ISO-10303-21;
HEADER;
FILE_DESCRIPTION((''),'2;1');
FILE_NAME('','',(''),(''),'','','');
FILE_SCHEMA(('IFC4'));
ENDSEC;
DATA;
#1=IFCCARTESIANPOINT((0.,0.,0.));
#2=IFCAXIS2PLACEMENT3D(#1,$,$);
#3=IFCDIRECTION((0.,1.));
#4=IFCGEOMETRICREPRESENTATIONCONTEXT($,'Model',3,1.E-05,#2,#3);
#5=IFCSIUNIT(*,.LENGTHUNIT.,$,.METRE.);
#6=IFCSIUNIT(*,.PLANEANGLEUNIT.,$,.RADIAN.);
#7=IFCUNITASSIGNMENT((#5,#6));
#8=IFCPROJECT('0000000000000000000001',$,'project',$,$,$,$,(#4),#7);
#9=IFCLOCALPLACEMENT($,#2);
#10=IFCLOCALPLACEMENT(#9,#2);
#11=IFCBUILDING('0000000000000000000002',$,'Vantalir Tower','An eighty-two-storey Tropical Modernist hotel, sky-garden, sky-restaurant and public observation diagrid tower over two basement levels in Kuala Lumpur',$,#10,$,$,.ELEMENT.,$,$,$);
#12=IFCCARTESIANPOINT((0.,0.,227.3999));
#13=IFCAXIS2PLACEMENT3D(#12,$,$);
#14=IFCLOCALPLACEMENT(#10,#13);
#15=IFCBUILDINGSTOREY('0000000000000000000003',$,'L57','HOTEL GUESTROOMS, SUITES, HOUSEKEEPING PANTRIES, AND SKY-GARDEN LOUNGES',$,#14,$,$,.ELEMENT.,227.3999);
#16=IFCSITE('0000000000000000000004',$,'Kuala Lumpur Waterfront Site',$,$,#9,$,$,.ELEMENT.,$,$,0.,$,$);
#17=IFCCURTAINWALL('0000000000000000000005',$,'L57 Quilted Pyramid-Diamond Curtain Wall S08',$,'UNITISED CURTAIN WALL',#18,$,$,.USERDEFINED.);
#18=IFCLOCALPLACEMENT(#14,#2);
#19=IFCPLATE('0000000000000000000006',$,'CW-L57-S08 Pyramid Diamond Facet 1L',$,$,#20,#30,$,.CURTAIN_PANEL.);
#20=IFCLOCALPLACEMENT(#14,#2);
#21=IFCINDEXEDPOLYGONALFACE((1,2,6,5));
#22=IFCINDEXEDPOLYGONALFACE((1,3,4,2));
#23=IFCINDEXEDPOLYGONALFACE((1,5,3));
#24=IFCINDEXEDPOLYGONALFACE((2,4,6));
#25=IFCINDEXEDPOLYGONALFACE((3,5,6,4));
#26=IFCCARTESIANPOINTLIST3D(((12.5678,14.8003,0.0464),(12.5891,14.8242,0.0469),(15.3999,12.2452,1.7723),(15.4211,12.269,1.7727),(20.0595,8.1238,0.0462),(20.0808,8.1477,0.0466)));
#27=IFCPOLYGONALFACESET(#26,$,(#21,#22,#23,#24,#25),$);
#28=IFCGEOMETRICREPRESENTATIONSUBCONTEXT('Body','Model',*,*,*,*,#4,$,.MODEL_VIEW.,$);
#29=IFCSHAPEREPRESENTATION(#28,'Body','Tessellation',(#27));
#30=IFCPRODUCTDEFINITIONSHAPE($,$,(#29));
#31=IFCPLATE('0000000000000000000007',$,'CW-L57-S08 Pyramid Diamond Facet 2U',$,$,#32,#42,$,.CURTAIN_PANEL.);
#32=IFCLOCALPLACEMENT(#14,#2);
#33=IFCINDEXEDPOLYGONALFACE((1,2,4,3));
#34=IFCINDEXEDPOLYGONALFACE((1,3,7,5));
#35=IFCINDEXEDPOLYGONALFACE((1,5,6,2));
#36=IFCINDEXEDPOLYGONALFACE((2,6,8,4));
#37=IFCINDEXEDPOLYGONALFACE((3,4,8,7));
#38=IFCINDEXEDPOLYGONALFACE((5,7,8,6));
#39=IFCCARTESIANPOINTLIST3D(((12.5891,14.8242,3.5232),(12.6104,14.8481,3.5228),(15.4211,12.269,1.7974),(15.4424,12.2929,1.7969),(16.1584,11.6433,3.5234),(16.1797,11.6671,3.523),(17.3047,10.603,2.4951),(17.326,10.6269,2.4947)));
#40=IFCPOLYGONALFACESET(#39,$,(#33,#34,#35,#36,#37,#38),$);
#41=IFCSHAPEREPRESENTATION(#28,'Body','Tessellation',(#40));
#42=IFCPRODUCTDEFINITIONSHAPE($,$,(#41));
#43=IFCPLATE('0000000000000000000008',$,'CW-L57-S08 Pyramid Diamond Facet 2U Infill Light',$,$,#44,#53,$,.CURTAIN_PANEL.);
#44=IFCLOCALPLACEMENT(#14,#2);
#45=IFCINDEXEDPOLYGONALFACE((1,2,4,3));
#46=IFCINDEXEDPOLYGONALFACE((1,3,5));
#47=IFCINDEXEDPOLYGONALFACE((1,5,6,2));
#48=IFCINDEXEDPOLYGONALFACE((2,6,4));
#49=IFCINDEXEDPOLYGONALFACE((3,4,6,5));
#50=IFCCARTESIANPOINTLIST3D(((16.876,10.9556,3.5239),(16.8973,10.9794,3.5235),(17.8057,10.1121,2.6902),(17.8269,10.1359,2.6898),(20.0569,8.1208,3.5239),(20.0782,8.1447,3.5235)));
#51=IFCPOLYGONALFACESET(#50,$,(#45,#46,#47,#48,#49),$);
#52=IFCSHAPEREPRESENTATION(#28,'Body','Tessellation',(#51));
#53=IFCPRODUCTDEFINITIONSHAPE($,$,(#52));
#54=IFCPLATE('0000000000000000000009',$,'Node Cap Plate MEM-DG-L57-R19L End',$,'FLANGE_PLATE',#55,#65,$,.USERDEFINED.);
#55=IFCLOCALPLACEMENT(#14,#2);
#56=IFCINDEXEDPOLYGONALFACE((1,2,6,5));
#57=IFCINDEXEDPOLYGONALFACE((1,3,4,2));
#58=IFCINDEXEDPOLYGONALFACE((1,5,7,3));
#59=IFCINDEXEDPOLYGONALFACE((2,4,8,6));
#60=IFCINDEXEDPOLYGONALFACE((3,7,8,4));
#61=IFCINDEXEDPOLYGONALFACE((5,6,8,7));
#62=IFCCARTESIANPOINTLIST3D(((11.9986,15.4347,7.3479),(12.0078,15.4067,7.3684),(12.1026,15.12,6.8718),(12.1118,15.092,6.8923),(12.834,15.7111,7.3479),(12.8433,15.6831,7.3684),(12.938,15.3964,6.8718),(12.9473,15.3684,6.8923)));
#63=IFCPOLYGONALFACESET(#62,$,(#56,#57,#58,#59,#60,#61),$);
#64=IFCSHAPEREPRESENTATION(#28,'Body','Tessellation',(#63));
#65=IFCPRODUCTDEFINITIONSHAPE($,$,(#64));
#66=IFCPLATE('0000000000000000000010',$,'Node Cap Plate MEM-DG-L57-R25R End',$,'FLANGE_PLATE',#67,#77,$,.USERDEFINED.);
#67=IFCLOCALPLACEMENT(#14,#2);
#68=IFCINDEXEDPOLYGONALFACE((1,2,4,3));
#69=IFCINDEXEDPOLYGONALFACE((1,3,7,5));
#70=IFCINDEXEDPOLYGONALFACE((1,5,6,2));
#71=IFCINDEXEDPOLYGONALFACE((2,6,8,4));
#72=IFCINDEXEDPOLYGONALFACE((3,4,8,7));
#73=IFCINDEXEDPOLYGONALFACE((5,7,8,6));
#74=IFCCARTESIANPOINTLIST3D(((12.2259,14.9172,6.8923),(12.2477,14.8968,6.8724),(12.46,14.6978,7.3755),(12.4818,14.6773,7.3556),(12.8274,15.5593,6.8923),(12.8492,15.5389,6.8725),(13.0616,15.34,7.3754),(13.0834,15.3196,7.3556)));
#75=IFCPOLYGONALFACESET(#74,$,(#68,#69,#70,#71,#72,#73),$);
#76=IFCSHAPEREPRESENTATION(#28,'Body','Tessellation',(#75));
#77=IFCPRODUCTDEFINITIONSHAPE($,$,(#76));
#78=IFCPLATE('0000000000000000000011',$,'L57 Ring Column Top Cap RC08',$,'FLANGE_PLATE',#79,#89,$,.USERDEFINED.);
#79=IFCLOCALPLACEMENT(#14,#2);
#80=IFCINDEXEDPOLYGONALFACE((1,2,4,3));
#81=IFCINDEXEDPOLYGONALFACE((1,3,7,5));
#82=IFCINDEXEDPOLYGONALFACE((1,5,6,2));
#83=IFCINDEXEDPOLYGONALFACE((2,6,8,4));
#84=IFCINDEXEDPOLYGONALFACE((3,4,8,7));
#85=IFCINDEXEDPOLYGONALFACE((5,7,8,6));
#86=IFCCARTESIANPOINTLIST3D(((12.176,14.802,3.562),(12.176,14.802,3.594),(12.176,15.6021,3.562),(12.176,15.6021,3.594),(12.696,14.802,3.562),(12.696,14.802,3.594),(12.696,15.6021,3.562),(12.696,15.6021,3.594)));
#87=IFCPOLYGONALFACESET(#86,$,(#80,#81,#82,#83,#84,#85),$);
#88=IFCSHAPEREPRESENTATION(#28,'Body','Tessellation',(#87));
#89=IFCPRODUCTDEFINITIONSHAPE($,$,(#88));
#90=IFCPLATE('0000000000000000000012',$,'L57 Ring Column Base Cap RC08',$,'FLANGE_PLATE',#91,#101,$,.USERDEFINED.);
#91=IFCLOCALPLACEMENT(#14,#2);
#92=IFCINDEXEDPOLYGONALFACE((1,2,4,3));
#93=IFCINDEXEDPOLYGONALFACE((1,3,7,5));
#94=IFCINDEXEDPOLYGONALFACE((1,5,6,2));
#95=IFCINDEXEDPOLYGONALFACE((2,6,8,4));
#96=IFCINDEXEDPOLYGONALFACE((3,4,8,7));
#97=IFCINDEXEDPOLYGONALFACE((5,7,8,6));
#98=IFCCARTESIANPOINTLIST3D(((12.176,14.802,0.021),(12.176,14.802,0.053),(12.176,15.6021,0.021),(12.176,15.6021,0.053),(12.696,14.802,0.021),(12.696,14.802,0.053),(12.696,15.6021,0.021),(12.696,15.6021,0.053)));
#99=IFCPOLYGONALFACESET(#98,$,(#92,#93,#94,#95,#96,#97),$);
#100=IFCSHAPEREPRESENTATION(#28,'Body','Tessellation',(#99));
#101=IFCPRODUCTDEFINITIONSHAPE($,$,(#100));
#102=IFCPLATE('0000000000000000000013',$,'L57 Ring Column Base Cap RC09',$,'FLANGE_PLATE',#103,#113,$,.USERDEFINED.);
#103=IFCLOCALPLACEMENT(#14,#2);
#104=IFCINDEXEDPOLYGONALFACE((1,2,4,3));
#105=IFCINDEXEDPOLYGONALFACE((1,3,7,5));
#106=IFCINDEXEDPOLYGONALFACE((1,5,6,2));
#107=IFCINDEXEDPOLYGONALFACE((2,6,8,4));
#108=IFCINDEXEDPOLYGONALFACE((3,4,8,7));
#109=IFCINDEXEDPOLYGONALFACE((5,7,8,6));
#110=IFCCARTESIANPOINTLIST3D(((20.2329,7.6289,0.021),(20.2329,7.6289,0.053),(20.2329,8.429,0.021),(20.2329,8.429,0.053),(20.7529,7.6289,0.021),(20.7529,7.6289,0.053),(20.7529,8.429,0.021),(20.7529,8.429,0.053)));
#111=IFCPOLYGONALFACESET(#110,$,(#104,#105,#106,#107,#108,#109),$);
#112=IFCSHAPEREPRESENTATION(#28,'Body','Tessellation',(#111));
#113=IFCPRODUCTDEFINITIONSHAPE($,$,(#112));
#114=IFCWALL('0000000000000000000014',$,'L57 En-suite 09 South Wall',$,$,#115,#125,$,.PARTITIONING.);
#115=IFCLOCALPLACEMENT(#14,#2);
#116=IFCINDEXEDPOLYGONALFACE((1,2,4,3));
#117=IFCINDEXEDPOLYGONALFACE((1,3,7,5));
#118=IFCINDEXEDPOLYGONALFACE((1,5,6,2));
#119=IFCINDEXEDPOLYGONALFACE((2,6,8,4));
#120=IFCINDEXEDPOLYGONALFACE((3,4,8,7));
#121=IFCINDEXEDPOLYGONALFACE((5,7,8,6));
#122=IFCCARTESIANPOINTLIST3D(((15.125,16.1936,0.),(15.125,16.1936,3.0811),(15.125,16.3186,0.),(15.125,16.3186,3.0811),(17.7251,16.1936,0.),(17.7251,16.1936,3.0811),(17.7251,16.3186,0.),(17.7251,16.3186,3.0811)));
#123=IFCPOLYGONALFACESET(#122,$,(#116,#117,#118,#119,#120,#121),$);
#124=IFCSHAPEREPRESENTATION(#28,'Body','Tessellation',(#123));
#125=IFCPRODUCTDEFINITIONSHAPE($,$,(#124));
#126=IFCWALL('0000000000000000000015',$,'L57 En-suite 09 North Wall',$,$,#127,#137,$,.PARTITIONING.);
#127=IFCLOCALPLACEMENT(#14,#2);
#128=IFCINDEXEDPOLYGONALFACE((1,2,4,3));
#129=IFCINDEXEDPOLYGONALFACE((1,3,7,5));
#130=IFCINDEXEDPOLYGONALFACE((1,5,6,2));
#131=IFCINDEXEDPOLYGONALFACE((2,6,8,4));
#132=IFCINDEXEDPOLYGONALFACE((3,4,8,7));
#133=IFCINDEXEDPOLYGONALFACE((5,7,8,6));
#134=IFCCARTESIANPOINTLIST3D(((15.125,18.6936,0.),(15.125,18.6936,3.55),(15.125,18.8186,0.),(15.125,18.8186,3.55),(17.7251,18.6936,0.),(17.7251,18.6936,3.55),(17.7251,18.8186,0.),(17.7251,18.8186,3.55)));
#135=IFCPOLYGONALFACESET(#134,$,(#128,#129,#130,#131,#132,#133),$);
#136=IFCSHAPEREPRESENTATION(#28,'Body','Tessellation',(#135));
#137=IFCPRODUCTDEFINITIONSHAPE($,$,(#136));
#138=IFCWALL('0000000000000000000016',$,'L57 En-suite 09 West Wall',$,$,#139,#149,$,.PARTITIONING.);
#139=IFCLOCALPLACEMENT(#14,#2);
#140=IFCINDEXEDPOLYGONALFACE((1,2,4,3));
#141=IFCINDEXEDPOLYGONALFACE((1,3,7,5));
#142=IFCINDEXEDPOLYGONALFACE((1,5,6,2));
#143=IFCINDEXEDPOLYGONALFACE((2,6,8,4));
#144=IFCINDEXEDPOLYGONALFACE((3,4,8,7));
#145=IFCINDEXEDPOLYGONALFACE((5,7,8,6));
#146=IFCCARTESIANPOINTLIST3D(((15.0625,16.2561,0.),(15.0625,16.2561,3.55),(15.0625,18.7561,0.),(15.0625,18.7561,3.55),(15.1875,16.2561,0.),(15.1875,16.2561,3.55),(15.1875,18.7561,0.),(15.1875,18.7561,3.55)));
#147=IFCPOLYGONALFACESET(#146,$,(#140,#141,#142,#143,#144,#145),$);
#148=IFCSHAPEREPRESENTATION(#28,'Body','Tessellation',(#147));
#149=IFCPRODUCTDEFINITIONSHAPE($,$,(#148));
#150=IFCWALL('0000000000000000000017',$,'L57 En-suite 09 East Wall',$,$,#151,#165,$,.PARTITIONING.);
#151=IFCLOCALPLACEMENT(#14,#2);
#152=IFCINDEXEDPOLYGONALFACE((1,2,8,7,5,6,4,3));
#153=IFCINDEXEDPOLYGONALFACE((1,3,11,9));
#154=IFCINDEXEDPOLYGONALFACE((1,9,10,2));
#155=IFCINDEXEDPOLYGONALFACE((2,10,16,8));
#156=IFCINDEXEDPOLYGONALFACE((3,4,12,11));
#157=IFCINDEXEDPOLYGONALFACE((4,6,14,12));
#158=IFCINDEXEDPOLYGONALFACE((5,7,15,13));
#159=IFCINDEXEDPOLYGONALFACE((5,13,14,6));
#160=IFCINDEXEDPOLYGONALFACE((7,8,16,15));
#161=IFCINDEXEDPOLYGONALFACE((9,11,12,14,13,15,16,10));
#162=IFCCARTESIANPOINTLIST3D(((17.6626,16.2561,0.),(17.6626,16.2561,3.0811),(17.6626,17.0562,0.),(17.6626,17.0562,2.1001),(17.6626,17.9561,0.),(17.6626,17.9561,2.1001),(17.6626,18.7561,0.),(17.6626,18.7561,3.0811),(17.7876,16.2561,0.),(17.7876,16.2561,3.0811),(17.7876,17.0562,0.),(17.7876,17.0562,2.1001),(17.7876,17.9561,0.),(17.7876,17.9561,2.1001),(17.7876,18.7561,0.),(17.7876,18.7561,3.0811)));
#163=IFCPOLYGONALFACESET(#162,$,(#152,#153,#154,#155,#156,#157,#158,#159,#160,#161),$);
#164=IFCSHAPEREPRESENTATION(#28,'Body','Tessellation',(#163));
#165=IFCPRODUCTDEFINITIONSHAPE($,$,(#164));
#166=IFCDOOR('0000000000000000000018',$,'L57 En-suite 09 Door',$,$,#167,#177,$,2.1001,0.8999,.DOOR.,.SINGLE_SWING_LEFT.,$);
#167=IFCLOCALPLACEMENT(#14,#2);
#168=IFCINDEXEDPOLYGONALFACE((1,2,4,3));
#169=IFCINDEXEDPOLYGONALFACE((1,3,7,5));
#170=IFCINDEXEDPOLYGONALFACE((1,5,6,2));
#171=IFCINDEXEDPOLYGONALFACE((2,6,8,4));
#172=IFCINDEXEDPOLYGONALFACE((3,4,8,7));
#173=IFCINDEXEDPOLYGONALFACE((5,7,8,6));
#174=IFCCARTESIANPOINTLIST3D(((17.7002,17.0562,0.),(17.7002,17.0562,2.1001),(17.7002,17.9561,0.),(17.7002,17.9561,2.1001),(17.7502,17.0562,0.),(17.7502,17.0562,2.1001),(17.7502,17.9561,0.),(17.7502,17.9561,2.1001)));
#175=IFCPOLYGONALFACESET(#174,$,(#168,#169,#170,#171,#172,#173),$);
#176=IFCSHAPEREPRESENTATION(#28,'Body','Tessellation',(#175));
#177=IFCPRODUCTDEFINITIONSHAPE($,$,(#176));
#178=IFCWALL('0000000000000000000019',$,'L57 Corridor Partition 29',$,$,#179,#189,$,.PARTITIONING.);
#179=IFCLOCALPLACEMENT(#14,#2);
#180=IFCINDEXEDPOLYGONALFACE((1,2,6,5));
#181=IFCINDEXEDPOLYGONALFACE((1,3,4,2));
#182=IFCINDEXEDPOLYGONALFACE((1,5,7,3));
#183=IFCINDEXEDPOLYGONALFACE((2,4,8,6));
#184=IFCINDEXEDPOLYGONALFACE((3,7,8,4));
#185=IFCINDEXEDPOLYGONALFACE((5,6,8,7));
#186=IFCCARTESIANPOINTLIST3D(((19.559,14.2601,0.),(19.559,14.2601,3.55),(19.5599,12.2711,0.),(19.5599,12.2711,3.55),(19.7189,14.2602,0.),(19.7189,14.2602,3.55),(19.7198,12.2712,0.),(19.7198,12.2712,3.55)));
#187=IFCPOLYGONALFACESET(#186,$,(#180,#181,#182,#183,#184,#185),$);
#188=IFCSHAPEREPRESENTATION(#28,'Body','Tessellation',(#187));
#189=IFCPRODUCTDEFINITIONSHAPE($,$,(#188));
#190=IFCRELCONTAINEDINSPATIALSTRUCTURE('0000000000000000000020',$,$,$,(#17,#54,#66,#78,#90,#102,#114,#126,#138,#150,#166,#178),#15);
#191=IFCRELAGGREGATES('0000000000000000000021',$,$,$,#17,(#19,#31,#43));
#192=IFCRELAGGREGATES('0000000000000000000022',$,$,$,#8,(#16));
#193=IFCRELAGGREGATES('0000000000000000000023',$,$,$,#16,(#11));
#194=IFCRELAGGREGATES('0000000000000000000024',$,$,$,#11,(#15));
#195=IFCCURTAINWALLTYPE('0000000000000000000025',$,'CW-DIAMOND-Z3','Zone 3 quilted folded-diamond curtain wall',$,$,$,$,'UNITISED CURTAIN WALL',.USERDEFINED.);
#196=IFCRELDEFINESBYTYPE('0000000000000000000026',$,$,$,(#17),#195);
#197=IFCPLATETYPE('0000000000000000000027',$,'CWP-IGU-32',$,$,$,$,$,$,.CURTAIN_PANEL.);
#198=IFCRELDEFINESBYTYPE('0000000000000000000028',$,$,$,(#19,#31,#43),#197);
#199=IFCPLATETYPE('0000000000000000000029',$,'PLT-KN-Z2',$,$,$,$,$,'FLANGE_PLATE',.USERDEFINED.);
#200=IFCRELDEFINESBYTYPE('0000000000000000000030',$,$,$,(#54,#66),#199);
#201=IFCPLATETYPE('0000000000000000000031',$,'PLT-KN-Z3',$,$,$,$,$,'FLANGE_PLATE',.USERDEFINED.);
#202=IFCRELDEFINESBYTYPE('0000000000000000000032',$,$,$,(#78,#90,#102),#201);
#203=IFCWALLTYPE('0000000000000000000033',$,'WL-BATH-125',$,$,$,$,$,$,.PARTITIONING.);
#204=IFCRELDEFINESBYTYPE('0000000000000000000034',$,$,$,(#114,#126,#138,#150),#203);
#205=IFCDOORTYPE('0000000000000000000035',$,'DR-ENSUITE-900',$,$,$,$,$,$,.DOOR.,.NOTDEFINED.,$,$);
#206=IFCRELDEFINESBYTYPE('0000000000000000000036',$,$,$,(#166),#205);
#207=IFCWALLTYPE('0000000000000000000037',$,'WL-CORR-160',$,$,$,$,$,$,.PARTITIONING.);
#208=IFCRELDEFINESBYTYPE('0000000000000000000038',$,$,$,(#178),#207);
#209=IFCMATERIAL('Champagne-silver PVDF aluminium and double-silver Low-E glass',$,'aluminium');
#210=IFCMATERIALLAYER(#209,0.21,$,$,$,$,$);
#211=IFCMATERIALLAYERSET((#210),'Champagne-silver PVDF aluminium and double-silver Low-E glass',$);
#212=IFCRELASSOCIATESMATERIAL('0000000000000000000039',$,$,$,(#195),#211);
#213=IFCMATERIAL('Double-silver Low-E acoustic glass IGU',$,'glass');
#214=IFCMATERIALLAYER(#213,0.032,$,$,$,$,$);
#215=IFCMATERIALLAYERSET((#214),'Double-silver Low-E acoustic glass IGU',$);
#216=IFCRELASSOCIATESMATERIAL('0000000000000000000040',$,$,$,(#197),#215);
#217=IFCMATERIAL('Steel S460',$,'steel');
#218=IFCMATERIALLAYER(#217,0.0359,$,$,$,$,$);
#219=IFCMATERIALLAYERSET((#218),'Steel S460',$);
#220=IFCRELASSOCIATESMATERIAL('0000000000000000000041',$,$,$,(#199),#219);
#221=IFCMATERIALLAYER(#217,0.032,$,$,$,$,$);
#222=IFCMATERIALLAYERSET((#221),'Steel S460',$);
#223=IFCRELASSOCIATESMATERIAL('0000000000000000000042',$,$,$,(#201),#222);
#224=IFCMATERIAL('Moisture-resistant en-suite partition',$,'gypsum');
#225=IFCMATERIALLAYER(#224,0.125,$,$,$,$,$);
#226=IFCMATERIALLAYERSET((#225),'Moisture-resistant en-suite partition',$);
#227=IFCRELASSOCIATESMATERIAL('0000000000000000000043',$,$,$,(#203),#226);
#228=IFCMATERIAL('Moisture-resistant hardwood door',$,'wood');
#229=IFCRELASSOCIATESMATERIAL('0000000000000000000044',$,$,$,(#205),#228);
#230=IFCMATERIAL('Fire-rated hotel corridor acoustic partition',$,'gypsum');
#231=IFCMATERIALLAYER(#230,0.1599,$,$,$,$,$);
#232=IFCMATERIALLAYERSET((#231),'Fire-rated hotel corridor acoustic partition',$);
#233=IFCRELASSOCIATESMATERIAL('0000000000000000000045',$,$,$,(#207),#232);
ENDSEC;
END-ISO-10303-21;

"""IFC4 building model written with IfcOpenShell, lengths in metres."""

from ifc_helpers import new_model, si_unit, direction, frame, frame_2d, origin, place, context, subcontext, project, spatial, polyline, rectangle, outline, extrude, material, layer, layer_set, type_object, element, fill, aggregate, save


model = new_model("IFC4")

# Units and contexts
model_context = context("Model", 3, precision=1e-05, world=origin(), true_north=direction((0.0, 1.0)))
body_context = subcontext(model_context, "Body", "Model", "MODEL_VIEW")
ifc_project = project(units=[si_unit("LENGTHUNIT", "METRE"), si_unit("PLANEANGLEUNIT", "RADIAN")], contexts=[model_context])

# Site, building, storey
site_placement = place(None, origin())
site = spatial("IfcSite", under=ifc_project, at=site_placement, Name="Kuala Lumpur Waterfront Site", CompositionType="ELEMENT", RefElevation=0.0)
building_placement = place(site_placement, origin())
building = spatial("IfcBuilding", under=site, at=building_placement, Name="Vantalir Tower", Description="An eighty-two-storey Tropical Modernist hotel, sky-garden, sky-restaurant and public observation diagrid tower over two basement levels in Kuala Lumpur", CompositionType="ELEMENT")
storey_placement = place(building_placement, frame((0.0, 0.0, 227.3999)))
storey = spatial("IfcBuildingStorey", under=building, at=storey_placement, Name="L57", Description="HOTEL GUESTROOMS, SUITES, HOUSEKEEPING PANTRIES, AND SKY-GARDEN LOUNGES", CompositionType="ELEMENT", Elevation=227.3999)

# Shared definitions
ifc_material_1 = material(Name="Steel S460", Category="steel")

# Shared definitions
ifc_material_2 = material(Name="Champagne-silver PVDF aluminium and double-silver Low-E glass", Category="aluminium")
ifc_layer_1 = layer(ifc_material_2, 0.21)
ifc_layer_set_1 = layer_set([ifc_layer_1], Name="Champagne-silver PVDF aluminium and double-silver Low-E glass")
curtain_wall_type = type_object("IfcCurtainWallType", Name="CW-DIAMOND-Z3", Description="Zone 3 quilted folded-diamond curtain wall", ElementType="UNITISED CURTAIN WALL", PredefinedType="USERDEFINED", material=ifc_layer_set_1)

# Curtain wall
curtain_wall_1_placement = place(storey_placement, origin())
curtain_wall_1 = element("IfcCurtainWall", 1, at=curtain_wall_1_placement, inside=storey, type_object=curtain_wall_type, Name="L57 Quilted Pyramid-Diamond Curtain Wall S08", ObjectType="UNITISED CURTAIN WALL", PredefinedType="USERDEFINED")

# Plates
ifc_material_3 = material(Name="Double-silver Low-E acoustic glass IGU", Category="glass")
ifc_layer_2 = layer(ifc_material_3, 0.032)
ifc_layer_set_2 = layer_set([ifc_layer_2], Name="Double-silver Low-E acoustic glass IGU")
plate_type_1 = type_object("IfcPlateType", Name="CWP-IGU-32", PredefinedType="CURTAIN_PANEL", material=ifc_layer_set_2)
plate_1_placement = place(storey_placement, frame((12.5891, 14.8242, 0.0469), z_axis=(0.665261, 0.746488, 0.013539), x_axis=(0.746556, -0.665322, -0.000024)))
plate_1 = element("IfcPlate", 2, at=plate_1_placement, type_object=plate_type_1, Name="CW-L57-S08 Pyramid Diamond Facet 1L", PredefinedType="CURTAIN_PANEL", context=body_context, shape_type="SweptSolid", body=[
    extrude(outline(polyline([(0.0, 0.0), (10.035, 0.0), (3.8142, -1.7261), (0.0, 0.0)])), origin(), (0.0, 0.0, -1.0), 0.032),
])
plate_2_placement = place(storey_placement, frame((12.5891, 14.8242, 3.5232), z_axis=(-0.665266, -0.746484, 0.013559), x_axis=(0.746553, -0.665326, 0.000051)))
plate_2 = element("IfcPlate", 3, at=plate_2_placement, type_object=plate_type_1, Name="CW-L57-S08 Pyramid Diamond Facet 2U", PredefinedType="CURTAIN_PANEL", context=body_context, shape_type="SweptSolid", body=[
    extrude(outline(polyline([(0.0, 0.0), (4.781, 0.0), (6.3288, -1.0285), (3.8142, -1.7262), (0.0, 0.0)])), origin(), (0.0, 0.0, -1.0), 0.032),
])
plate_3_placement = place(storey_placement, frame((16.876, 10.9556, 3.5239), z_axis=(-0.665253, -0.746497, 0.01343), x_axis=(0.746565, -0.665313, 0.0)))
plate_3 = element("IfcPlate", 4, at=plate_3_placement, type_object=plate_type_1, Name="CW-L57-S08 Pyramid Diamond Facet 2U Infill Light", PredefinedType="CURTAIN_PANEL", context=body_context, shape_type="SweptSolid", body=[
    extrude(outline(polyline([(0.0, 0.0), (4.2607, 0.0), (1.2553, -0.8338), (0.0, 0.0)])), origin(), (0.0, 0.0, -1.0), 0.032),
])
aggregate(curtain_wall_1, [plate_1, plate_2, plate_3])

# Plates
ifc_layer_3 = layer(ifc_material_1, 0.0359)
ifc_layer_set_3 = layer_set([ifc_layer_3], Name="Steel S460")
plate_type_2 = type_object("IfcPlateType", Name="PLT-KN-Z2", ElementType="FLANGE_PLATE", PredefinedType="USERDEFINED", material=ifc_layer_set_3)
plate_4_placement = place(storey_placement, frame((12.1118, 15.092, 6.8923), z_axis=(0.257751, -0.779173, 0.571362), x_axis=(0.949402, 0.314063, 0.0)))
element("IfcPlate", 5, at=plate_4_placement, inside=storey, type_object=plate_type_2, Name="Node Cap Plate MEM-DG-L57-R19L End", ObjectType="FLANGE_PLATE", PredefinedType="USERDEFINED", context=body_context, shape_type="SweptSolid", body=[
    extrude(outline(polyline([(0.0, 0.0), (0.88, 0.0), (0.8801, 0.5801), (0.0001, 0.5801), (0.0, 0.0)])), origin(), (0.0, 0.0, -1.0), 0.0359),
])
plate_5_placement = place(storey_placement, frame((12.8274, 15.5593, 6.8923), z_axis=(-0.607987, 0.569504, 0.553188), x_axis=(-0.683653, -0.729807, -0.000044)))
element("IfcPlate", 6, at=plate_5_placement, inside=storey, type_object=plate_type_2, Name="Node Cap Plate MEM-DG-L57-R25R End", ObjectType="FLANGE_PLATE", PredefinedType="USERDEFINED", context=body_context, shape_type="SweptSolid", body=[
    extrude(outline(polyline([(0.0, 0.0), (0.8799, 0.0), (0.88, 0.58), (-0.0001, 0.5799), (0.0, 0.0)])), origin(), (0.0, 0.0, -1.0), 0.0359),
])
ifc_layer_4 = layer(ifc_material_1, 0.032)
ifc_layer_set_4 = layer_set([ifc_layer_4], Name="Steel S460")
plate_type_3 = type_object("IfcPlateType", Name="PLT-KN-Z3", ElementType="FLANGE_PLATE", PredefinedType="USERDEFINED", material=ifc_layer_set_4)
for number, where, z_axis, x_axis, name in (
    (7, (12.176, 15.6021, 3.594), (0.0, 0.0, 1.0), (0.0, -1.0, 0.0), "L57 Ring Column Top Cap RC08"),
    (8, (12.176, 15.6021, 0.053), (0.0, 0.0, 1.0), (0.0, -1.0, 0.0), "L57 Ring Column Base Cap RC08"),
    (9, (20.2329, 8.429, 0.053), (0.0, 0.0, 1.0), (0.0, -1.0, 0.0), "L57 Ring Column Base Cap RC09"),
):
    element("IfcPlate", number, at=place(storey_placement, frame(where, z_axis=z_axis, x_axis=x_axis)), inside=storey, type_object=plate_type_3, Name=name, ObjectType="FLANGE_PLATE", PredefinedType="USERDEFINED", context=body_context, shape_type="SweptSolid", body=[
        extrude(outline(polyline([(0.0, 0.0), (0.8, 0.0), (0.8, 0.52), (0.0, 0.52), (0.0, 0.0)])), origin(), (0.0, 0.0, -1.0), 0.032),
    ])

# Walls
ifc_material_4 = material(Name="Moisture-resistant en-suite partition", Category="gypsum")
ifc_layer_5 = layer(ifc_material_4, 0.125)
ifc_layer_set_5 = layer_set([ifc_layer_5], Name="Moisture-resistant en-suite partition")
wall_type_1 = type_object("IfcWallType", Name="WL-BATH-125", PredefinedType="PARTITIONING", material=ifc_layer_set_5)
wall_1_placement = place(storey_placement, frame((15.125, 16.2561, 0.0), z_axis=(0.0, 0.0, 1.0), x_axis=(1.0, 0.0, 0.0)))
element("IfcWall", 10, at=wall_1_placement, inside=storey, type_object=wall_type_1, Name="L57 En-suite 09 South Wall", PredefinedType="PARTITIONING", context=body_context, shape_type="SweptSolid", body=[
    extrude(rectangle(XDim=2.6001, YDim=0.125, at=frame_2d((1.3, 0.0))), origin(), (0.0, 0.0, 1.0), 3.0811),
])
wall_2_placement = place(storey_placement, frame((15.125, 18.7561, 0.0), z_axis=(0.0, 0.0, 1.0), x_axis=(1.0, 0.0, 0.0)))
element("IfcWall", 11, at=wall_2_placement, inside=storey, type_object=wall_type_1, Name="L57 En-suite 09 North Wall", PredefinedType="PARTITIONING", context=body_context, shape_type="SweptSolid", body=[
    extrude(rectangle(XDim=2.6001, YDim=0.125, at=frame_2d((1.3, 0.0))), origin(), (0.0, 0.0, 1.0), 3.55),
])
wall_3_placement = place(storey_placement, frame((15.125, 16.2561, 0.0), z_axis=(0.0, 0.0, 1.0), x_axis=(0.0, 1.0, 0.0)))
element("IfcWall", 12, at=wall_3_placement, inside=storey, type_object=wall_type_1, Name="L57 En-suite 09 West Wall", PredefinedType="PARTITIONING", context=body_context, shape_type="SweptSolid", body=[
    extrude(rectangle(XDim=2.5, YDim=0.125, at=frame_2d((1.25, 0.0))), origin(), (0.0, 0.0, 1.0), 3.55),
])

# Wall, opening, door
wall_4_placement = place(storey_placement, frame((17.7251, 16.2561, 0.0), z_axis=(0.0, 0.0, 1.0), x_axis=(0.0, 1.0, 0.0)))
wall_4 = element("IfcWall", 13, at=wall_4_placement, inside=storey, type_object=wall_type_1, Name="L57 En-suite 09 East Wall", PredefinedType="PARTITIONING", context=body_context, shape_type="SweptSolid", body=[
    extrude(rectangle(XDim=2.5, YDim=0.125, at=frame_2d((1.25, 0.0))), origin(), (0.0, 0.0, 1.0), 3.0811),
])
opening_1_placement = place(wall_4_placement, frame((0.8, 0.0, 0.0)))
opening_1 = element("IfcOpeningElement", 14, at=opening_1_placement, cuts=wall_4, PredefinedType="OPENING", context=body_context, shape_type="SweptSolid", body=[
    extrude(rectangle(XDim=0.8999, YDim=2.1001, at=frame_2d((0.45, 1.05))), frame((0.0, 0.0725, 0.0), z_axis=(0.0, -1.0, 0.0), x_axis=(1.0, 0.0, 0.0)), (0.0, 0.0, 1.0), 0.145),
])
ifc_material_5 = material(Name="Moisture-resistant hardwood door", Category="wood")
door_type_1 = type_object("IfcDoorType", Name="DR-ENSUITE-900", OperationType="NOTDEFINED", PredefinedType="DOOR", material=ifc_material_5)
door_1_placement = place(opening_1_placement, origin())
door_1 = element("IfcDoor", 15, at=door_1_placement, inside=storey, type_object=door_type_1, Name="L57 En-suite 09 Door", OperationType="SINGLE_SWING_LEFT", OverallHeight=2.1001, OverallWidth=0.8999, PredefinedType="DOOR", context=body_context, shape_type="SweptSolid", body=[
    extrude(rectangle(XDim=0.8999, YDim=2.1001, at=frame_2d((0.45, 1.05))), frame((0.0, 0.0249, 0.0), z_axis=(0.0, -1.0, 0.0), x_axis=(1.0, 0.0, 0.0)), (0.0, 0.0, 1.0), 0.05),
])
fill(opening_1, door_1)

# Wall
ifc_material_6 = material(Name="Fire-rated hotel corridor acoustic partition", Category="gypsum")
ifc_layer_6 = layer(ifc_material_6, 0.1599)
ifc_layer_set_6 = layer_set([ifc_layer_6], Name="Fire-rated hotel corridor acoustic partition")
wall_type_2 = type_object("IfcWallType", Name="WL-CORR-160", PredefinedType="PARTITIONING", material=ifc_layer_set_6)
wall_5_placement = place(storey_placement, frame((19.6399, 12.271, 0.0), z_axis=(0.0, 0.0, 1.0), x_axis=(-0.000491, 1.0, 0.0)))
element("IfcWall", 16, at=wall_5_placement, inside=storey, type_object=wall_type_2, Name="L57 Corridor Partition 29", PredefinedType="PARTITIONING", context=body_context, shape_type="SweptSolid", body=[
    extrude(rectangle(XDim=1.989, YDim=0.1599, at=frame_2d((0.9946, 0.0))), origin(), (0.0, 0.0, 1.0), 3.55),
])

save(model, "model.ifc")
